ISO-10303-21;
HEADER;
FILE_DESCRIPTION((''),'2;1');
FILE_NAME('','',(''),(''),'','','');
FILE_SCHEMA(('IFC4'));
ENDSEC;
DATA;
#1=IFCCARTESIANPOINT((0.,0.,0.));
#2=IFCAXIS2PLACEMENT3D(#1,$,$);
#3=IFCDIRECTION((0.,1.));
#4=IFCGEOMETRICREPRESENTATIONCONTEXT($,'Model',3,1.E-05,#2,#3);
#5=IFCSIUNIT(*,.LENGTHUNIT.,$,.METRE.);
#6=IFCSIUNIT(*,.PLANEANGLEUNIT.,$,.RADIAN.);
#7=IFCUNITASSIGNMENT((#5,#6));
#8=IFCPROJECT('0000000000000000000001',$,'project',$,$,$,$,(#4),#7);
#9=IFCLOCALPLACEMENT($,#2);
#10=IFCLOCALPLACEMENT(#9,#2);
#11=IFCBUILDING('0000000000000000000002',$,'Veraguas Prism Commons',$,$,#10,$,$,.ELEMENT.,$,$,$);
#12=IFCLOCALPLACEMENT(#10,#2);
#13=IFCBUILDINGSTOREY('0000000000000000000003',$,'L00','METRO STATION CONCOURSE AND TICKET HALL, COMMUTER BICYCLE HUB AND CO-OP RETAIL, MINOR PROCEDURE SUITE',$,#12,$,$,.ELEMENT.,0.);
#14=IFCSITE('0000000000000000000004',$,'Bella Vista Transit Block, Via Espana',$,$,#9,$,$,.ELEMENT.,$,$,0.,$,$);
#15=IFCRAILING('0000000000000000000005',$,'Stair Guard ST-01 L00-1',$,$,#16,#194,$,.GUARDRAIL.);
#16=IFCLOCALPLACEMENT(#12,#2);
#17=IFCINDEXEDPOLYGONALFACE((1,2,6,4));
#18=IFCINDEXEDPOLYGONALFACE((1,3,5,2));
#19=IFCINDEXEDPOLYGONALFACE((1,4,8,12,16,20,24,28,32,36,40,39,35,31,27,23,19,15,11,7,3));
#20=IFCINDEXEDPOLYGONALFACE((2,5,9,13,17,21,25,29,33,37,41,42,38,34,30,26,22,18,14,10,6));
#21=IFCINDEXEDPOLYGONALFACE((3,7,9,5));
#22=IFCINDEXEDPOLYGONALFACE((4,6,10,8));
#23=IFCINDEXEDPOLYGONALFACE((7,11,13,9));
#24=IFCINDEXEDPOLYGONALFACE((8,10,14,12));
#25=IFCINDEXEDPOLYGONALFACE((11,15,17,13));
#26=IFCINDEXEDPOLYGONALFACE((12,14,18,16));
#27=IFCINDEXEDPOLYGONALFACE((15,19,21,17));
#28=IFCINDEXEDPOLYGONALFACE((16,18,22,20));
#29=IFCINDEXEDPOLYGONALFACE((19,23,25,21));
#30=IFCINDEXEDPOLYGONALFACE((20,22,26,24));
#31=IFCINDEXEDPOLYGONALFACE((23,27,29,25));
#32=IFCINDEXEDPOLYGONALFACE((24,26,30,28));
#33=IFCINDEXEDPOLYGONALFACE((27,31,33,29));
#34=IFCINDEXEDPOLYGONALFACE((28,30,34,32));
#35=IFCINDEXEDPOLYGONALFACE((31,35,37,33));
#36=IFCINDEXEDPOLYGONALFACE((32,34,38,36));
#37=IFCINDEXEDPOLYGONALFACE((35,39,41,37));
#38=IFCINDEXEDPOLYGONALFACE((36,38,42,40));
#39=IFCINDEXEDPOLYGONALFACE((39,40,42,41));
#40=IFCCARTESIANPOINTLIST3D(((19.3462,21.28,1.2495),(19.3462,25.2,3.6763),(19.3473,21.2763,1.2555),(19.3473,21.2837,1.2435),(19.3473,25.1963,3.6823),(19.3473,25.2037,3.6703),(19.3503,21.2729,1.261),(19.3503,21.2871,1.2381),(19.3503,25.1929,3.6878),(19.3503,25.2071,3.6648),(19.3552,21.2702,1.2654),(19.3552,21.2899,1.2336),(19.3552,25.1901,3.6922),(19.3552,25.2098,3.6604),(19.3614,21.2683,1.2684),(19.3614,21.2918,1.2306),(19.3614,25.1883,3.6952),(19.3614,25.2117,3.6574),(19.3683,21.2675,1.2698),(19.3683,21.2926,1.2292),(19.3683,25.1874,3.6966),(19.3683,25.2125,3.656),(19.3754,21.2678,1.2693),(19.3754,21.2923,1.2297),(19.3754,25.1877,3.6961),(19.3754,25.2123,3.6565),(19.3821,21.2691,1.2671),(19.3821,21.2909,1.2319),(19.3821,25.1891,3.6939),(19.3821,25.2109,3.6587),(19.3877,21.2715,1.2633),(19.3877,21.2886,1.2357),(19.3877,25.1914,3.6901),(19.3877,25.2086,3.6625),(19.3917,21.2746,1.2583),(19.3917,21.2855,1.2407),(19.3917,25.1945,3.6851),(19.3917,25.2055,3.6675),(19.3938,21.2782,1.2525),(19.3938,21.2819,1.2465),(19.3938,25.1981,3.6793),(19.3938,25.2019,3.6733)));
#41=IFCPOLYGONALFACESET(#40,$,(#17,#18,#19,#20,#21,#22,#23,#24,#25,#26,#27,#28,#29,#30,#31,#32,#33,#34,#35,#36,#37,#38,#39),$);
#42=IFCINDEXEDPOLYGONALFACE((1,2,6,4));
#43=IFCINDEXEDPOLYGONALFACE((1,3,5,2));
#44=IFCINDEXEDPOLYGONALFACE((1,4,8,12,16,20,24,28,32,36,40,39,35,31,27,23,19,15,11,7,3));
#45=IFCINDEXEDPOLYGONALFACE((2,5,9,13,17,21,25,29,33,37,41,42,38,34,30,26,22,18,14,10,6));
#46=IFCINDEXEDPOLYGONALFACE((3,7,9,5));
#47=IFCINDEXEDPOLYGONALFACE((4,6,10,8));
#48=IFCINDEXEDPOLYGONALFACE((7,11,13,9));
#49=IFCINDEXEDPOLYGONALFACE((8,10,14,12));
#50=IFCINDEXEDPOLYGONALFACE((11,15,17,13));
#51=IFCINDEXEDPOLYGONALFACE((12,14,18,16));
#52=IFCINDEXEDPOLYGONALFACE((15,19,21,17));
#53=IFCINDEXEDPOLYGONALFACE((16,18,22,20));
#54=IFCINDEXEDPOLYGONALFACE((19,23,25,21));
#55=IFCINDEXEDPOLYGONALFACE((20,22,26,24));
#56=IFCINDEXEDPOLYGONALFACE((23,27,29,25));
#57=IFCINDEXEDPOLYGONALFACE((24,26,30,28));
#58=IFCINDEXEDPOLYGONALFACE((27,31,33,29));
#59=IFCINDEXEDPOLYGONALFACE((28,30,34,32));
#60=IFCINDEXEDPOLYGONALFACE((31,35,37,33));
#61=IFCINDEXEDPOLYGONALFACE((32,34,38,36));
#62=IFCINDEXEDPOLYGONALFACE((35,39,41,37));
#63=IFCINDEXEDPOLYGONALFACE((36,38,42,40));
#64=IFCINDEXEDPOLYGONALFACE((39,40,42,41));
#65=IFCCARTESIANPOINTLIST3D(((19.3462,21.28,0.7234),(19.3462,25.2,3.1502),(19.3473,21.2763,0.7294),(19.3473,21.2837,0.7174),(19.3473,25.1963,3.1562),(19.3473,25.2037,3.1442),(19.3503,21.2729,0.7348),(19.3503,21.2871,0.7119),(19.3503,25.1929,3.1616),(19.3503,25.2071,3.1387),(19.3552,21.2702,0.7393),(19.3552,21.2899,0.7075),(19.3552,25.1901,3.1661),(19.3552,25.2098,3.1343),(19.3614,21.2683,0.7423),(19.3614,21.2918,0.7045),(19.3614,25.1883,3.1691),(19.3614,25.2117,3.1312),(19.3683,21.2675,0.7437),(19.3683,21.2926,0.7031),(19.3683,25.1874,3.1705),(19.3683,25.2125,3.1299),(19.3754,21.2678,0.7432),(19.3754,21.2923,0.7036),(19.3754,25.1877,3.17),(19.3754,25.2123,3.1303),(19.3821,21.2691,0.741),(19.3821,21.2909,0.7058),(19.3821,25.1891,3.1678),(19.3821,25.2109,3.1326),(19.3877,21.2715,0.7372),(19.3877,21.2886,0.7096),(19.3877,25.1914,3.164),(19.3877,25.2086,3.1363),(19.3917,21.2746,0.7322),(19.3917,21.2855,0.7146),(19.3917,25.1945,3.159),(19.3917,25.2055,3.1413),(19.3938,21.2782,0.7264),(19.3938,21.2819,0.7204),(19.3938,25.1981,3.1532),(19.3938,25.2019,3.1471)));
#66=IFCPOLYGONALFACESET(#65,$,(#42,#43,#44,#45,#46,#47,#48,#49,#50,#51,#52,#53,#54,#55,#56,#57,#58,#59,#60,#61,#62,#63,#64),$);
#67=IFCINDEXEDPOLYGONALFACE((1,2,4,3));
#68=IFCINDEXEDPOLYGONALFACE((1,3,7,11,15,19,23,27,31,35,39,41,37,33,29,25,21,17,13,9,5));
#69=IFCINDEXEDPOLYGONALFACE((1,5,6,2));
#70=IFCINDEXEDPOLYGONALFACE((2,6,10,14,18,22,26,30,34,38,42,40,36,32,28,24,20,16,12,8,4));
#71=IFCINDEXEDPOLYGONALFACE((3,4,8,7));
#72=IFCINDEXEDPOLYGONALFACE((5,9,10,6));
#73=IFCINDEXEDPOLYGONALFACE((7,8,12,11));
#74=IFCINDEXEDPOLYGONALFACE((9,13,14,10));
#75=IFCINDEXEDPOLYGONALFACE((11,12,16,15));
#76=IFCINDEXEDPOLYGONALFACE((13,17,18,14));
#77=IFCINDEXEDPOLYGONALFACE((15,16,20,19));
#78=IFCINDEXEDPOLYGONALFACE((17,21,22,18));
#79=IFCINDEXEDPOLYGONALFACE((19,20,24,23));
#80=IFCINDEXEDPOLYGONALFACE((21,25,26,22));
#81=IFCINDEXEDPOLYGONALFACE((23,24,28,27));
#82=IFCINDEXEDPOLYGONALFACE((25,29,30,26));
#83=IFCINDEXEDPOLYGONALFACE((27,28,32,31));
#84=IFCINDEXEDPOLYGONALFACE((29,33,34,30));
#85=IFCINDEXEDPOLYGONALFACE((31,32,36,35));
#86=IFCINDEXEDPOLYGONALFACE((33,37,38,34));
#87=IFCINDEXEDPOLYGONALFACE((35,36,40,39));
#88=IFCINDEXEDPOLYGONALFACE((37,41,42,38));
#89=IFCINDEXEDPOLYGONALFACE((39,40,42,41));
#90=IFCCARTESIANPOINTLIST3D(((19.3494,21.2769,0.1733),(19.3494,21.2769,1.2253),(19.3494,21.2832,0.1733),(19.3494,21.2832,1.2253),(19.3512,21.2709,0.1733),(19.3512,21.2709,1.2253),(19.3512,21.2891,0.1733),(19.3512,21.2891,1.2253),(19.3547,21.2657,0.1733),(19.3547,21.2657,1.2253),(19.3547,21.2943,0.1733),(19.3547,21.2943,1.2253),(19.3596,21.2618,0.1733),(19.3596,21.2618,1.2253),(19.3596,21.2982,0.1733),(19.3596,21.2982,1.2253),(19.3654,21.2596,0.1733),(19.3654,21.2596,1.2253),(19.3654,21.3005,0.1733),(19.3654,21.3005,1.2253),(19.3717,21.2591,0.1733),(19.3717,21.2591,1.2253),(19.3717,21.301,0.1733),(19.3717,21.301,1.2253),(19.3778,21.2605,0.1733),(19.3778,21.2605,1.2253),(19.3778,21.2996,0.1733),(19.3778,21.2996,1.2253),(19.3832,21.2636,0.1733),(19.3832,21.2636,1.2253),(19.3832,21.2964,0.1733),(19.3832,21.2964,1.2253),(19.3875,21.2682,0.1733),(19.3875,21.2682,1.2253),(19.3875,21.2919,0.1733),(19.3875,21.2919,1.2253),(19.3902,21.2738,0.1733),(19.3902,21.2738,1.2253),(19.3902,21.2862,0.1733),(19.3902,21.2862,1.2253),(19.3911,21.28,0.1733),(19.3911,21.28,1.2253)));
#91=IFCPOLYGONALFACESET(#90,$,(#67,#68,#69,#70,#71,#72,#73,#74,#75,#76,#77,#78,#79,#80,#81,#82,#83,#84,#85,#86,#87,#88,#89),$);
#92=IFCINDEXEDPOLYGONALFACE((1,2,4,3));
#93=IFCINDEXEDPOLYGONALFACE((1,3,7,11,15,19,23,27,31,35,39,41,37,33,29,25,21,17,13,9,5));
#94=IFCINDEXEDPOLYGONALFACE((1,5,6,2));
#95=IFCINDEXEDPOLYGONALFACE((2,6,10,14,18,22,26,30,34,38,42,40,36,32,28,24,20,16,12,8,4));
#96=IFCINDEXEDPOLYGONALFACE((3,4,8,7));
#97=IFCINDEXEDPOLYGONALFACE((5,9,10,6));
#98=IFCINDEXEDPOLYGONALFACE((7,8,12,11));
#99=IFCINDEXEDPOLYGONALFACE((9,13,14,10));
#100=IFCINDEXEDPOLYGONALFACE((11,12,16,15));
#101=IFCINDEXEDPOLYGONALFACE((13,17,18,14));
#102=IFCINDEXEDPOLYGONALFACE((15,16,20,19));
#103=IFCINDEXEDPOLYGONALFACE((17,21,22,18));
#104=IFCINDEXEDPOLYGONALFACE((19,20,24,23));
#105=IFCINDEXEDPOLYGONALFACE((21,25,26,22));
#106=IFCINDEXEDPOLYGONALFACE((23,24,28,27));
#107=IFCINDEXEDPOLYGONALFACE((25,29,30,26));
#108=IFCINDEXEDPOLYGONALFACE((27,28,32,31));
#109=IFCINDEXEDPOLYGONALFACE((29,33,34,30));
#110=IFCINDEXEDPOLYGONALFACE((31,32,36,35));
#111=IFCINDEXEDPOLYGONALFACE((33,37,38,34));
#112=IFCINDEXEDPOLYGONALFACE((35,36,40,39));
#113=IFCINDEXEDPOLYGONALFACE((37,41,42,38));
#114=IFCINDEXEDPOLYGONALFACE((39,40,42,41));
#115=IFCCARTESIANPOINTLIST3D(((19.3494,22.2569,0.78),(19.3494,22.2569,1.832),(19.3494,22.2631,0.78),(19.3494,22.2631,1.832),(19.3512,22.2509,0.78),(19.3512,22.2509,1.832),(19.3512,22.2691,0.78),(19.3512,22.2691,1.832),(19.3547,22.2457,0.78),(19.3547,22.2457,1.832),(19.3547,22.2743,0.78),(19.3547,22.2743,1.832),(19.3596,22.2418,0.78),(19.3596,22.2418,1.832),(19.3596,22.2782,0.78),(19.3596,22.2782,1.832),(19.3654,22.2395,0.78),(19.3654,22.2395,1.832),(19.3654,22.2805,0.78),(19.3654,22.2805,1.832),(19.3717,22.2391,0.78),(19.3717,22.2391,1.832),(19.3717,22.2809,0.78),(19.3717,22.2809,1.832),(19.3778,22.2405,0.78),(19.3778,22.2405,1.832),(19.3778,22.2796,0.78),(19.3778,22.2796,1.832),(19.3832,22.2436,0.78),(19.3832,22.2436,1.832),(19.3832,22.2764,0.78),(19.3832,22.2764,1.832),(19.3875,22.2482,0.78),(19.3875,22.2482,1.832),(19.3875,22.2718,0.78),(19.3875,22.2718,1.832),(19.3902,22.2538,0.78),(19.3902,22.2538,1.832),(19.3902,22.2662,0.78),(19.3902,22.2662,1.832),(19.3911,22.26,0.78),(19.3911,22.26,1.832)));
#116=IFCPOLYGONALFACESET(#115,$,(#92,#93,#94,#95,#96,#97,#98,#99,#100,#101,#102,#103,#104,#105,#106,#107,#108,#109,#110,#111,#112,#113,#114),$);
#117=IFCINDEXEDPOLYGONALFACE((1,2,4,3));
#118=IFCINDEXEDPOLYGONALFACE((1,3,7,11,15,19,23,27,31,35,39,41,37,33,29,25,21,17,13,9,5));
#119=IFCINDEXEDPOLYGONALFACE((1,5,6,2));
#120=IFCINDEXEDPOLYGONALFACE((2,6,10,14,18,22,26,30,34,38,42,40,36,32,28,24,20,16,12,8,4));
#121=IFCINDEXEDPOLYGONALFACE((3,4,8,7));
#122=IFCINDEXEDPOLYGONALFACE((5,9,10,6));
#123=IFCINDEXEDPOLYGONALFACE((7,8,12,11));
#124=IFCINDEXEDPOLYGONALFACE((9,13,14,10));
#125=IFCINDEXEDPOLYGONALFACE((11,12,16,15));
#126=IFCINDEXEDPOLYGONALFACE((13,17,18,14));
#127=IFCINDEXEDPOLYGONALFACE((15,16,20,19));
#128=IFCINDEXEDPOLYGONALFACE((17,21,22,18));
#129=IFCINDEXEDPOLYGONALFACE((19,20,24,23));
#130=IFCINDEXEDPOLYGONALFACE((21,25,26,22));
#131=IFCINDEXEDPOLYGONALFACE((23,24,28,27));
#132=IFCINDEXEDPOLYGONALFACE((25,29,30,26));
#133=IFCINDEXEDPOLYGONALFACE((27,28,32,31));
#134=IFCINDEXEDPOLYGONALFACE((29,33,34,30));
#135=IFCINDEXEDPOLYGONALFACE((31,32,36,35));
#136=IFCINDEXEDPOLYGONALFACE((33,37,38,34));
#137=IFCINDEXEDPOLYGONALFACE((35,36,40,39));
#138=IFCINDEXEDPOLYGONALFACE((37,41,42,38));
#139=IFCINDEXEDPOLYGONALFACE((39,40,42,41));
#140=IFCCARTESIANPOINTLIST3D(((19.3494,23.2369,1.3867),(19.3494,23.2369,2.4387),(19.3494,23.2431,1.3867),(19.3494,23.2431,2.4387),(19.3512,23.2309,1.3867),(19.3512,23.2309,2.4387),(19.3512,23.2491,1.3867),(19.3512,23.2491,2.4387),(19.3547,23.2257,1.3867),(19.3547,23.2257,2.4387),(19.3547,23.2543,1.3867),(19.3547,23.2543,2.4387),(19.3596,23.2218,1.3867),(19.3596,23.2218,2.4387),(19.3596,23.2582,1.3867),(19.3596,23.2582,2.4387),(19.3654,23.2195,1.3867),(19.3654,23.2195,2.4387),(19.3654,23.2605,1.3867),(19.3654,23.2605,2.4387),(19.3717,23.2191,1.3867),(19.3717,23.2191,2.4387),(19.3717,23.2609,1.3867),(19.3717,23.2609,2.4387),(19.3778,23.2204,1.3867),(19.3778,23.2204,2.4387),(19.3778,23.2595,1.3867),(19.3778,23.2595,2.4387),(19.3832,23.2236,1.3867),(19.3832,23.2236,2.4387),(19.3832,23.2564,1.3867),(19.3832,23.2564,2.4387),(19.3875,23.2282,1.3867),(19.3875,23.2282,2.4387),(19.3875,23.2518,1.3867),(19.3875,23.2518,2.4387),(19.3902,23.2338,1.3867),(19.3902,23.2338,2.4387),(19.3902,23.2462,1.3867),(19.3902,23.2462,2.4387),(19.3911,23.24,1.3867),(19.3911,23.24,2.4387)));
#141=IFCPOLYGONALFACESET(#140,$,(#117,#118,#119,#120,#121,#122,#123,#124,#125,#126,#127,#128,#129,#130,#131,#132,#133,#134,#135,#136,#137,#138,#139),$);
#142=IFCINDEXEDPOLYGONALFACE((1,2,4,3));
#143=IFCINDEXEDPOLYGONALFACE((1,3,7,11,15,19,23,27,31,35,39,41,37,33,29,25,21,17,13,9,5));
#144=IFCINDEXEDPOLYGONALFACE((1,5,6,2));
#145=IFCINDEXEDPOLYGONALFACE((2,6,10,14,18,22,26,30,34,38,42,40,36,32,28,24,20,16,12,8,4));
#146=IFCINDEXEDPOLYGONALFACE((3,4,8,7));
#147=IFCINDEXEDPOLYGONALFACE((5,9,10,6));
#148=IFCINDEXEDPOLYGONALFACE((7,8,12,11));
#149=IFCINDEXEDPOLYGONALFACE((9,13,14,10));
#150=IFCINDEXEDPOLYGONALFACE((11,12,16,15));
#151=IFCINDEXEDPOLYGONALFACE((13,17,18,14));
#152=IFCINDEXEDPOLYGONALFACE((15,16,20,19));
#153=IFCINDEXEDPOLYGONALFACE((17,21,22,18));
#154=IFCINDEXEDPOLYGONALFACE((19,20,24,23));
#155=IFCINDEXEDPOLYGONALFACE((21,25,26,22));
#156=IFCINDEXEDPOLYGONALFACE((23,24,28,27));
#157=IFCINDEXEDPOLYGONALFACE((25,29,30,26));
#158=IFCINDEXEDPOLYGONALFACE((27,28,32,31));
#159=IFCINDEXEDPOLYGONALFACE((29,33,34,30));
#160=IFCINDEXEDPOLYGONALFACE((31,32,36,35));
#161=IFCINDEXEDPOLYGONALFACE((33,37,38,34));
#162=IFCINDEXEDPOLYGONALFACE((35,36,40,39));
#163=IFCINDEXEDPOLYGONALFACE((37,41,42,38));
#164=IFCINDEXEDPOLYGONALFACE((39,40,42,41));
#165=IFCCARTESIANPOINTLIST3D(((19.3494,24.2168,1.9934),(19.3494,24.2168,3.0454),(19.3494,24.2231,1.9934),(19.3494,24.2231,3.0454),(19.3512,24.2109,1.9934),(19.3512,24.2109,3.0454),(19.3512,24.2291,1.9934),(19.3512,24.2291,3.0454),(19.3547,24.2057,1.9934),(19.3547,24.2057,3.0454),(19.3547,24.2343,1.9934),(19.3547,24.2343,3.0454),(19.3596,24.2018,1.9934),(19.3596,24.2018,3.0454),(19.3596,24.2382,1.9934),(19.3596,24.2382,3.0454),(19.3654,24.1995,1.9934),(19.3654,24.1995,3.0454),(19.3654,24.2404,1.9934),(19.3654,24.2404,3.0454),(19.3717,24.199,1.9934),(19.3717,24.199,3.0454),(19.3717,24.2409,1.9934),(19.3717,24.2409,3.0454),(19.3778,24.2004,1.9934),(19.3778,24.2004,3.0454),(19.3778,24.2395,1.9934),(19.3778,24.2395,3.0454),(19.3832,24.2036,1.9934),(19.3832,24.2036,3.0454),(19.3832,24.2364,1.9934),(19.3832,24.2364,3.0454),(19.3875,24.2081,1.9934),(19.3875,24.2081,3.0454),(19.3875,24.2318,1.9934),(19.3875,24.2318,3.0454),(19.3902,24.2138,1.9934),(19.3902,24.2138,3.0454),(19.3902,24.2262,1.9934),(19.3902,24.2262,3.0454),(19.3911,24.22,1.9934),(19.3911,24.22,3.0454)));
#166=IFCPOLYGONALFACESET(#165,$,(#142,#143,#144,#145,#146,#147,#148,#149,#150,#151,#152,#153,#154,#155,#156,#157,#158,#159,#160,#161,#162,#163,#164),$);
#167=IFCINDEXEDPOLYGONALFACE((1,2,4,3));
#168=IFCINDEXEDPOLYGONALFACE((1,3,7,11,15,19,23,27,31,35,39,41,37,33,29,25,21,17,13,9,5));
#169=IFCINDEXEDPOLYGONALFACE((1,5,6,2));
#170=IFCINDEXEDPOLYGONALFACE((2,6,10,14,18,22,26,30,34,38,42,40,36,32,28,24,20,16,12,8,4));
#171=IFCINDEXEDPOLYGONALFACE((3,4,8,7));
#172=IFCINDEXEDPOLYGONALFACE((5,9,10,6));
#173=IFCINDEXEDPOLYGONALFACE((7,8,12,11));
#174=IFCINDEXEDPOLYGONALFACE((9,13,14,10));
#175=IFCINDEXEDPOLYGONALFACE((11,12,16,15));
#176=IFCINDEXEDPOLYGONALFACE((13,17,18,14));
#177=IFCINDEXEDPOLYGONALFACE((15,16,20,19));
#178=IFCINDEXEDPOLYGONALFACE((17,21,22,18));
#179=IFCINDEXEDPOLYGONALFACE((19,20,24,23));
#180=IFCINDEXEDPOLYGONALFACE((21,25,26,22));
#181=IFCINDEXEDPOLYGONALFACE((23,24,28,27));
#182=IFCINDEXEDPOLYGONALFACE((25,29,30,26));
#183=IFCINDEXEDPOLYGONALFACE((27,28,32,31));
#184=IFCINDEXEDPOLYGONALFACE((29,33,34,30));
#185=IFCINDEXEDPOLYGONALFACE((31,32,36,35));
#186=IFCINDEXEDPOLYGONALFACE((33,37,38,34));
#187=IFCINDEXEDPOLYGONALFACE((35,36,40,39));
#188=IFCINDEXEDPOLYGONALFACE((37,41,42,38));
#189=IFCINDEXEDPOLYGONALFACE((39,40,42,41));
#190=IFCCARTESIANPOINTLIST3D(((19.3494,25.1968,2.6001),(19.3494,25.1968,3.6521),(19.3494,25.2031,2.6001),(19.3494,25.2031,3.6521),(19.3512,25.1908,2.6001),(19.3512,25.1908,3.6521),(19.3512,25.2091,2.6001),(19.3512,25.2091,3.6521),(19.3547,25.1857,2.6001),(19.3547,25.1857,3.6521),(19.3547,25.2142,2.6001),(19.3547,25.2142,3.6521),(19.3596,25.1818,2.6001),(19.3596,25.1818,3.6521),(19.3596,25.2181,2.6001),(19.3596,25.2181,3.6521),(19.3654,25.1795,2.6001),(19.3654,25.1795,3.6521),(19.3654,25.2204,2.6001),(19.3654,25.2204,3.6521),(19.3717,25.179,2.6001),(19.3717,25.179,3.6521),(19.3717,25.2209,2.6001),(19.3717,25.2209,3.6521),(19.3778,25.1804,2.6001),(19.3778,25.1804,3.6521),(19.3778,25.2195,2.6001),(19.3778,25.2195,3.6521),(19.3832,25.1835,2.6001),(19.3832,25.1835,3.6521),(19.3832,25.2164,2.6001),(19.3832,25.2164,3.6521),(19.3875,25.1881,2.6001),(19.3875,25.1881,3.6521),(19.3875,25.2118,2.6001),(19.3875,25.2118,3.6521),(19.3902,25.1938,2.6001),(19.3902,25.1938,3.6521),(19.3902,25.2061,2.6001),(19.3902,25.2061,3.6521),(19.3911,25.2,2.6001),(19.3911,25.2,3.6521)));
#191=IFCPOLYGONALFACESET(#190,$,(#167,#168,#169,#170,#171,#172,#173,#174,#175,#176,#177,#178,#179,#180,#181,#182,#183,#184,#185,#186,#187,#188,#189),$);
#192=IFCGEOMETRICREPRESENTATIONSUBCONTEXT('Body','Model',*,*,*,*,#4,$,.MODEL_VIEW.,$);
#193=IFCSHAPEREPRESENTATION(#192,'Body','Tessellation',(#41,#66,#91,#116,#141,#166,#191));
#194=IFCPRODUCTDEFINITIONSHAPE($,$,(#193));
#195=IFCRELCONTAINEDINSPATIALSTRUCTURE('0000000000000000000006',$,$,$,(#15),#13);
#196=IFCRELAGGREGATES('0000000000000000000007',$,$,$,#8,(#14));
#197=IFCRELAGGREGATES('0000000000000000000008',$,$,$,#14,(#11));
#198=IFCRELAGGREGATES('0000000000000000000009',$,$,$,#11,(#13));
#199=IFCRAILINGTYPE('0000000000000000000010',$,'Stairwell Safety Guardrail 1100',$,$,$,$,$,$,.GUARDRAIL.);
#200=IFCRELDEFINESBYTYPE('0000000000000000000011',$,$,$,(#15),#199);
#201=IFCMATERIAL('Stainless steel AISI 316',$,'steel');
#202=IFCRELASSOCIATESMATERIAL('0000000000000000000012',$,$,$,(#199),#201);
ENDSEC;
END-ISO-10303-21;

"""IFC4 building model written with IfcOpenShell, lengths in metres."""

from ifc_helpers import new_model, si_unit, direction, frame, origin, origin_2d, place, context, subcontext, project, spatial, circle, extrude, material, type_object, element, save


model = new_model("IFC4")

# Units and contexts
model_context = context("Model", 3, precision=1e-05, world=origin(), true_north=direction((0.0, 1.0)))
body_context = subcontext(model_context, "Body", "Model", "MODEL_VIEW")
ifc_project = project(units=[si_unit("LENGTHUNIT", "METRE"), si_unit("PLANEANGLEUNIT", "RADIAN")], contexts=[model_context])

# Site, building, storey
site_placement = place(None, origin())
site = spatial("IfcSite", under=ifc_project, at=site_placement, Name="Bella Vista Transit Block, Via Espana", CompositionType="ELEMENT", RefElevation=0.0)
building_placement = place(site_placement, origin())
building = spatial("IfcBuilding", under=site, at=building_placement, Name="Veraguas Prism Commons", CompositionType="ELEMENT")
storey_placement = place(building_placement, origin())
storey = spatial("IfcBuildingStorey", under=building, at=storey_placement, Name="L00", Description="METRO STATION CONCOURSE AND TICKET HALL, COMMUTER BICYCLE HUB AND CO-OP RETAIL, MINOR PROCEDURE SUITE", CompositionType="ELEMENT", Elevation=0.0)

# Shared definitions
ifc_material_1 = material(Name="Stainless steel AISI 316", Category="steel")

# Railing
railing_type_1 = type_object("IfcRailingType", Name="Stairwell Safety Guardrail 1100", PredefinedType="GUARDRAIL", material=ifc_material_1)
railing_1_placement = place(storey_placement, frame((19.3701, 21.28, 0.1733)))
element("IfcRailing", 1, at=railing_1_placement, inside=storey, type_object=railing_type_1, Name="Stair Guard ST-01 L00-1", PredefinedType="GUARDRAIL", context=body_context, shape_type="SweptSolid", body=[
    extrude(circle(Radius=0.0239, at=origin_2d()), frame((0.0, 0.0, 1.0762), z_axis=(0.0, 0.850252, 0.526376), x_axis=(-1.0, 0.0, 0.0)), (0.0, 0.0, 1.0), 4.6104),
    extrude(circle(Radius=0.0239, at=origin_2d()), frame((0.0, 0.0, 0.55), z_axis=(0.0, 0.850252, 0.526376), x_axis=(-1.0, 0.0, 0.0)), (0.0, 0.0, 1.0), 4.6104),
    extrude(circle(Radius=0.021, at=origin_2d()), origin(), (0.0, 0.0, 1.0), 1.052),
    extrude(circle(Radius=0.021, at=origin_2d()), frame((0.0, 0.98, 0.6067)), (0.0, 0.0, 1.0), 1.052),
    extrude(circle(Radius=0.021, at=origin_2d()), frame((0.0, 1.96, 1.2134)), (0.0, 0.0, 1.0), 1.052),
    extrude(circle(Radius=0.021, at=origin_2d()), frame((0.0, 2.9399, 1.8201)), (0.0, 0.0, 1.0), 1.052),
    extrude(circle(Radius=0.021, at=origin_2d()), frame((0.0, 3.9199, 2.4268)), (0.0, 0.0, 1.0), 1.052),
])

save(model, "model.ifc")
